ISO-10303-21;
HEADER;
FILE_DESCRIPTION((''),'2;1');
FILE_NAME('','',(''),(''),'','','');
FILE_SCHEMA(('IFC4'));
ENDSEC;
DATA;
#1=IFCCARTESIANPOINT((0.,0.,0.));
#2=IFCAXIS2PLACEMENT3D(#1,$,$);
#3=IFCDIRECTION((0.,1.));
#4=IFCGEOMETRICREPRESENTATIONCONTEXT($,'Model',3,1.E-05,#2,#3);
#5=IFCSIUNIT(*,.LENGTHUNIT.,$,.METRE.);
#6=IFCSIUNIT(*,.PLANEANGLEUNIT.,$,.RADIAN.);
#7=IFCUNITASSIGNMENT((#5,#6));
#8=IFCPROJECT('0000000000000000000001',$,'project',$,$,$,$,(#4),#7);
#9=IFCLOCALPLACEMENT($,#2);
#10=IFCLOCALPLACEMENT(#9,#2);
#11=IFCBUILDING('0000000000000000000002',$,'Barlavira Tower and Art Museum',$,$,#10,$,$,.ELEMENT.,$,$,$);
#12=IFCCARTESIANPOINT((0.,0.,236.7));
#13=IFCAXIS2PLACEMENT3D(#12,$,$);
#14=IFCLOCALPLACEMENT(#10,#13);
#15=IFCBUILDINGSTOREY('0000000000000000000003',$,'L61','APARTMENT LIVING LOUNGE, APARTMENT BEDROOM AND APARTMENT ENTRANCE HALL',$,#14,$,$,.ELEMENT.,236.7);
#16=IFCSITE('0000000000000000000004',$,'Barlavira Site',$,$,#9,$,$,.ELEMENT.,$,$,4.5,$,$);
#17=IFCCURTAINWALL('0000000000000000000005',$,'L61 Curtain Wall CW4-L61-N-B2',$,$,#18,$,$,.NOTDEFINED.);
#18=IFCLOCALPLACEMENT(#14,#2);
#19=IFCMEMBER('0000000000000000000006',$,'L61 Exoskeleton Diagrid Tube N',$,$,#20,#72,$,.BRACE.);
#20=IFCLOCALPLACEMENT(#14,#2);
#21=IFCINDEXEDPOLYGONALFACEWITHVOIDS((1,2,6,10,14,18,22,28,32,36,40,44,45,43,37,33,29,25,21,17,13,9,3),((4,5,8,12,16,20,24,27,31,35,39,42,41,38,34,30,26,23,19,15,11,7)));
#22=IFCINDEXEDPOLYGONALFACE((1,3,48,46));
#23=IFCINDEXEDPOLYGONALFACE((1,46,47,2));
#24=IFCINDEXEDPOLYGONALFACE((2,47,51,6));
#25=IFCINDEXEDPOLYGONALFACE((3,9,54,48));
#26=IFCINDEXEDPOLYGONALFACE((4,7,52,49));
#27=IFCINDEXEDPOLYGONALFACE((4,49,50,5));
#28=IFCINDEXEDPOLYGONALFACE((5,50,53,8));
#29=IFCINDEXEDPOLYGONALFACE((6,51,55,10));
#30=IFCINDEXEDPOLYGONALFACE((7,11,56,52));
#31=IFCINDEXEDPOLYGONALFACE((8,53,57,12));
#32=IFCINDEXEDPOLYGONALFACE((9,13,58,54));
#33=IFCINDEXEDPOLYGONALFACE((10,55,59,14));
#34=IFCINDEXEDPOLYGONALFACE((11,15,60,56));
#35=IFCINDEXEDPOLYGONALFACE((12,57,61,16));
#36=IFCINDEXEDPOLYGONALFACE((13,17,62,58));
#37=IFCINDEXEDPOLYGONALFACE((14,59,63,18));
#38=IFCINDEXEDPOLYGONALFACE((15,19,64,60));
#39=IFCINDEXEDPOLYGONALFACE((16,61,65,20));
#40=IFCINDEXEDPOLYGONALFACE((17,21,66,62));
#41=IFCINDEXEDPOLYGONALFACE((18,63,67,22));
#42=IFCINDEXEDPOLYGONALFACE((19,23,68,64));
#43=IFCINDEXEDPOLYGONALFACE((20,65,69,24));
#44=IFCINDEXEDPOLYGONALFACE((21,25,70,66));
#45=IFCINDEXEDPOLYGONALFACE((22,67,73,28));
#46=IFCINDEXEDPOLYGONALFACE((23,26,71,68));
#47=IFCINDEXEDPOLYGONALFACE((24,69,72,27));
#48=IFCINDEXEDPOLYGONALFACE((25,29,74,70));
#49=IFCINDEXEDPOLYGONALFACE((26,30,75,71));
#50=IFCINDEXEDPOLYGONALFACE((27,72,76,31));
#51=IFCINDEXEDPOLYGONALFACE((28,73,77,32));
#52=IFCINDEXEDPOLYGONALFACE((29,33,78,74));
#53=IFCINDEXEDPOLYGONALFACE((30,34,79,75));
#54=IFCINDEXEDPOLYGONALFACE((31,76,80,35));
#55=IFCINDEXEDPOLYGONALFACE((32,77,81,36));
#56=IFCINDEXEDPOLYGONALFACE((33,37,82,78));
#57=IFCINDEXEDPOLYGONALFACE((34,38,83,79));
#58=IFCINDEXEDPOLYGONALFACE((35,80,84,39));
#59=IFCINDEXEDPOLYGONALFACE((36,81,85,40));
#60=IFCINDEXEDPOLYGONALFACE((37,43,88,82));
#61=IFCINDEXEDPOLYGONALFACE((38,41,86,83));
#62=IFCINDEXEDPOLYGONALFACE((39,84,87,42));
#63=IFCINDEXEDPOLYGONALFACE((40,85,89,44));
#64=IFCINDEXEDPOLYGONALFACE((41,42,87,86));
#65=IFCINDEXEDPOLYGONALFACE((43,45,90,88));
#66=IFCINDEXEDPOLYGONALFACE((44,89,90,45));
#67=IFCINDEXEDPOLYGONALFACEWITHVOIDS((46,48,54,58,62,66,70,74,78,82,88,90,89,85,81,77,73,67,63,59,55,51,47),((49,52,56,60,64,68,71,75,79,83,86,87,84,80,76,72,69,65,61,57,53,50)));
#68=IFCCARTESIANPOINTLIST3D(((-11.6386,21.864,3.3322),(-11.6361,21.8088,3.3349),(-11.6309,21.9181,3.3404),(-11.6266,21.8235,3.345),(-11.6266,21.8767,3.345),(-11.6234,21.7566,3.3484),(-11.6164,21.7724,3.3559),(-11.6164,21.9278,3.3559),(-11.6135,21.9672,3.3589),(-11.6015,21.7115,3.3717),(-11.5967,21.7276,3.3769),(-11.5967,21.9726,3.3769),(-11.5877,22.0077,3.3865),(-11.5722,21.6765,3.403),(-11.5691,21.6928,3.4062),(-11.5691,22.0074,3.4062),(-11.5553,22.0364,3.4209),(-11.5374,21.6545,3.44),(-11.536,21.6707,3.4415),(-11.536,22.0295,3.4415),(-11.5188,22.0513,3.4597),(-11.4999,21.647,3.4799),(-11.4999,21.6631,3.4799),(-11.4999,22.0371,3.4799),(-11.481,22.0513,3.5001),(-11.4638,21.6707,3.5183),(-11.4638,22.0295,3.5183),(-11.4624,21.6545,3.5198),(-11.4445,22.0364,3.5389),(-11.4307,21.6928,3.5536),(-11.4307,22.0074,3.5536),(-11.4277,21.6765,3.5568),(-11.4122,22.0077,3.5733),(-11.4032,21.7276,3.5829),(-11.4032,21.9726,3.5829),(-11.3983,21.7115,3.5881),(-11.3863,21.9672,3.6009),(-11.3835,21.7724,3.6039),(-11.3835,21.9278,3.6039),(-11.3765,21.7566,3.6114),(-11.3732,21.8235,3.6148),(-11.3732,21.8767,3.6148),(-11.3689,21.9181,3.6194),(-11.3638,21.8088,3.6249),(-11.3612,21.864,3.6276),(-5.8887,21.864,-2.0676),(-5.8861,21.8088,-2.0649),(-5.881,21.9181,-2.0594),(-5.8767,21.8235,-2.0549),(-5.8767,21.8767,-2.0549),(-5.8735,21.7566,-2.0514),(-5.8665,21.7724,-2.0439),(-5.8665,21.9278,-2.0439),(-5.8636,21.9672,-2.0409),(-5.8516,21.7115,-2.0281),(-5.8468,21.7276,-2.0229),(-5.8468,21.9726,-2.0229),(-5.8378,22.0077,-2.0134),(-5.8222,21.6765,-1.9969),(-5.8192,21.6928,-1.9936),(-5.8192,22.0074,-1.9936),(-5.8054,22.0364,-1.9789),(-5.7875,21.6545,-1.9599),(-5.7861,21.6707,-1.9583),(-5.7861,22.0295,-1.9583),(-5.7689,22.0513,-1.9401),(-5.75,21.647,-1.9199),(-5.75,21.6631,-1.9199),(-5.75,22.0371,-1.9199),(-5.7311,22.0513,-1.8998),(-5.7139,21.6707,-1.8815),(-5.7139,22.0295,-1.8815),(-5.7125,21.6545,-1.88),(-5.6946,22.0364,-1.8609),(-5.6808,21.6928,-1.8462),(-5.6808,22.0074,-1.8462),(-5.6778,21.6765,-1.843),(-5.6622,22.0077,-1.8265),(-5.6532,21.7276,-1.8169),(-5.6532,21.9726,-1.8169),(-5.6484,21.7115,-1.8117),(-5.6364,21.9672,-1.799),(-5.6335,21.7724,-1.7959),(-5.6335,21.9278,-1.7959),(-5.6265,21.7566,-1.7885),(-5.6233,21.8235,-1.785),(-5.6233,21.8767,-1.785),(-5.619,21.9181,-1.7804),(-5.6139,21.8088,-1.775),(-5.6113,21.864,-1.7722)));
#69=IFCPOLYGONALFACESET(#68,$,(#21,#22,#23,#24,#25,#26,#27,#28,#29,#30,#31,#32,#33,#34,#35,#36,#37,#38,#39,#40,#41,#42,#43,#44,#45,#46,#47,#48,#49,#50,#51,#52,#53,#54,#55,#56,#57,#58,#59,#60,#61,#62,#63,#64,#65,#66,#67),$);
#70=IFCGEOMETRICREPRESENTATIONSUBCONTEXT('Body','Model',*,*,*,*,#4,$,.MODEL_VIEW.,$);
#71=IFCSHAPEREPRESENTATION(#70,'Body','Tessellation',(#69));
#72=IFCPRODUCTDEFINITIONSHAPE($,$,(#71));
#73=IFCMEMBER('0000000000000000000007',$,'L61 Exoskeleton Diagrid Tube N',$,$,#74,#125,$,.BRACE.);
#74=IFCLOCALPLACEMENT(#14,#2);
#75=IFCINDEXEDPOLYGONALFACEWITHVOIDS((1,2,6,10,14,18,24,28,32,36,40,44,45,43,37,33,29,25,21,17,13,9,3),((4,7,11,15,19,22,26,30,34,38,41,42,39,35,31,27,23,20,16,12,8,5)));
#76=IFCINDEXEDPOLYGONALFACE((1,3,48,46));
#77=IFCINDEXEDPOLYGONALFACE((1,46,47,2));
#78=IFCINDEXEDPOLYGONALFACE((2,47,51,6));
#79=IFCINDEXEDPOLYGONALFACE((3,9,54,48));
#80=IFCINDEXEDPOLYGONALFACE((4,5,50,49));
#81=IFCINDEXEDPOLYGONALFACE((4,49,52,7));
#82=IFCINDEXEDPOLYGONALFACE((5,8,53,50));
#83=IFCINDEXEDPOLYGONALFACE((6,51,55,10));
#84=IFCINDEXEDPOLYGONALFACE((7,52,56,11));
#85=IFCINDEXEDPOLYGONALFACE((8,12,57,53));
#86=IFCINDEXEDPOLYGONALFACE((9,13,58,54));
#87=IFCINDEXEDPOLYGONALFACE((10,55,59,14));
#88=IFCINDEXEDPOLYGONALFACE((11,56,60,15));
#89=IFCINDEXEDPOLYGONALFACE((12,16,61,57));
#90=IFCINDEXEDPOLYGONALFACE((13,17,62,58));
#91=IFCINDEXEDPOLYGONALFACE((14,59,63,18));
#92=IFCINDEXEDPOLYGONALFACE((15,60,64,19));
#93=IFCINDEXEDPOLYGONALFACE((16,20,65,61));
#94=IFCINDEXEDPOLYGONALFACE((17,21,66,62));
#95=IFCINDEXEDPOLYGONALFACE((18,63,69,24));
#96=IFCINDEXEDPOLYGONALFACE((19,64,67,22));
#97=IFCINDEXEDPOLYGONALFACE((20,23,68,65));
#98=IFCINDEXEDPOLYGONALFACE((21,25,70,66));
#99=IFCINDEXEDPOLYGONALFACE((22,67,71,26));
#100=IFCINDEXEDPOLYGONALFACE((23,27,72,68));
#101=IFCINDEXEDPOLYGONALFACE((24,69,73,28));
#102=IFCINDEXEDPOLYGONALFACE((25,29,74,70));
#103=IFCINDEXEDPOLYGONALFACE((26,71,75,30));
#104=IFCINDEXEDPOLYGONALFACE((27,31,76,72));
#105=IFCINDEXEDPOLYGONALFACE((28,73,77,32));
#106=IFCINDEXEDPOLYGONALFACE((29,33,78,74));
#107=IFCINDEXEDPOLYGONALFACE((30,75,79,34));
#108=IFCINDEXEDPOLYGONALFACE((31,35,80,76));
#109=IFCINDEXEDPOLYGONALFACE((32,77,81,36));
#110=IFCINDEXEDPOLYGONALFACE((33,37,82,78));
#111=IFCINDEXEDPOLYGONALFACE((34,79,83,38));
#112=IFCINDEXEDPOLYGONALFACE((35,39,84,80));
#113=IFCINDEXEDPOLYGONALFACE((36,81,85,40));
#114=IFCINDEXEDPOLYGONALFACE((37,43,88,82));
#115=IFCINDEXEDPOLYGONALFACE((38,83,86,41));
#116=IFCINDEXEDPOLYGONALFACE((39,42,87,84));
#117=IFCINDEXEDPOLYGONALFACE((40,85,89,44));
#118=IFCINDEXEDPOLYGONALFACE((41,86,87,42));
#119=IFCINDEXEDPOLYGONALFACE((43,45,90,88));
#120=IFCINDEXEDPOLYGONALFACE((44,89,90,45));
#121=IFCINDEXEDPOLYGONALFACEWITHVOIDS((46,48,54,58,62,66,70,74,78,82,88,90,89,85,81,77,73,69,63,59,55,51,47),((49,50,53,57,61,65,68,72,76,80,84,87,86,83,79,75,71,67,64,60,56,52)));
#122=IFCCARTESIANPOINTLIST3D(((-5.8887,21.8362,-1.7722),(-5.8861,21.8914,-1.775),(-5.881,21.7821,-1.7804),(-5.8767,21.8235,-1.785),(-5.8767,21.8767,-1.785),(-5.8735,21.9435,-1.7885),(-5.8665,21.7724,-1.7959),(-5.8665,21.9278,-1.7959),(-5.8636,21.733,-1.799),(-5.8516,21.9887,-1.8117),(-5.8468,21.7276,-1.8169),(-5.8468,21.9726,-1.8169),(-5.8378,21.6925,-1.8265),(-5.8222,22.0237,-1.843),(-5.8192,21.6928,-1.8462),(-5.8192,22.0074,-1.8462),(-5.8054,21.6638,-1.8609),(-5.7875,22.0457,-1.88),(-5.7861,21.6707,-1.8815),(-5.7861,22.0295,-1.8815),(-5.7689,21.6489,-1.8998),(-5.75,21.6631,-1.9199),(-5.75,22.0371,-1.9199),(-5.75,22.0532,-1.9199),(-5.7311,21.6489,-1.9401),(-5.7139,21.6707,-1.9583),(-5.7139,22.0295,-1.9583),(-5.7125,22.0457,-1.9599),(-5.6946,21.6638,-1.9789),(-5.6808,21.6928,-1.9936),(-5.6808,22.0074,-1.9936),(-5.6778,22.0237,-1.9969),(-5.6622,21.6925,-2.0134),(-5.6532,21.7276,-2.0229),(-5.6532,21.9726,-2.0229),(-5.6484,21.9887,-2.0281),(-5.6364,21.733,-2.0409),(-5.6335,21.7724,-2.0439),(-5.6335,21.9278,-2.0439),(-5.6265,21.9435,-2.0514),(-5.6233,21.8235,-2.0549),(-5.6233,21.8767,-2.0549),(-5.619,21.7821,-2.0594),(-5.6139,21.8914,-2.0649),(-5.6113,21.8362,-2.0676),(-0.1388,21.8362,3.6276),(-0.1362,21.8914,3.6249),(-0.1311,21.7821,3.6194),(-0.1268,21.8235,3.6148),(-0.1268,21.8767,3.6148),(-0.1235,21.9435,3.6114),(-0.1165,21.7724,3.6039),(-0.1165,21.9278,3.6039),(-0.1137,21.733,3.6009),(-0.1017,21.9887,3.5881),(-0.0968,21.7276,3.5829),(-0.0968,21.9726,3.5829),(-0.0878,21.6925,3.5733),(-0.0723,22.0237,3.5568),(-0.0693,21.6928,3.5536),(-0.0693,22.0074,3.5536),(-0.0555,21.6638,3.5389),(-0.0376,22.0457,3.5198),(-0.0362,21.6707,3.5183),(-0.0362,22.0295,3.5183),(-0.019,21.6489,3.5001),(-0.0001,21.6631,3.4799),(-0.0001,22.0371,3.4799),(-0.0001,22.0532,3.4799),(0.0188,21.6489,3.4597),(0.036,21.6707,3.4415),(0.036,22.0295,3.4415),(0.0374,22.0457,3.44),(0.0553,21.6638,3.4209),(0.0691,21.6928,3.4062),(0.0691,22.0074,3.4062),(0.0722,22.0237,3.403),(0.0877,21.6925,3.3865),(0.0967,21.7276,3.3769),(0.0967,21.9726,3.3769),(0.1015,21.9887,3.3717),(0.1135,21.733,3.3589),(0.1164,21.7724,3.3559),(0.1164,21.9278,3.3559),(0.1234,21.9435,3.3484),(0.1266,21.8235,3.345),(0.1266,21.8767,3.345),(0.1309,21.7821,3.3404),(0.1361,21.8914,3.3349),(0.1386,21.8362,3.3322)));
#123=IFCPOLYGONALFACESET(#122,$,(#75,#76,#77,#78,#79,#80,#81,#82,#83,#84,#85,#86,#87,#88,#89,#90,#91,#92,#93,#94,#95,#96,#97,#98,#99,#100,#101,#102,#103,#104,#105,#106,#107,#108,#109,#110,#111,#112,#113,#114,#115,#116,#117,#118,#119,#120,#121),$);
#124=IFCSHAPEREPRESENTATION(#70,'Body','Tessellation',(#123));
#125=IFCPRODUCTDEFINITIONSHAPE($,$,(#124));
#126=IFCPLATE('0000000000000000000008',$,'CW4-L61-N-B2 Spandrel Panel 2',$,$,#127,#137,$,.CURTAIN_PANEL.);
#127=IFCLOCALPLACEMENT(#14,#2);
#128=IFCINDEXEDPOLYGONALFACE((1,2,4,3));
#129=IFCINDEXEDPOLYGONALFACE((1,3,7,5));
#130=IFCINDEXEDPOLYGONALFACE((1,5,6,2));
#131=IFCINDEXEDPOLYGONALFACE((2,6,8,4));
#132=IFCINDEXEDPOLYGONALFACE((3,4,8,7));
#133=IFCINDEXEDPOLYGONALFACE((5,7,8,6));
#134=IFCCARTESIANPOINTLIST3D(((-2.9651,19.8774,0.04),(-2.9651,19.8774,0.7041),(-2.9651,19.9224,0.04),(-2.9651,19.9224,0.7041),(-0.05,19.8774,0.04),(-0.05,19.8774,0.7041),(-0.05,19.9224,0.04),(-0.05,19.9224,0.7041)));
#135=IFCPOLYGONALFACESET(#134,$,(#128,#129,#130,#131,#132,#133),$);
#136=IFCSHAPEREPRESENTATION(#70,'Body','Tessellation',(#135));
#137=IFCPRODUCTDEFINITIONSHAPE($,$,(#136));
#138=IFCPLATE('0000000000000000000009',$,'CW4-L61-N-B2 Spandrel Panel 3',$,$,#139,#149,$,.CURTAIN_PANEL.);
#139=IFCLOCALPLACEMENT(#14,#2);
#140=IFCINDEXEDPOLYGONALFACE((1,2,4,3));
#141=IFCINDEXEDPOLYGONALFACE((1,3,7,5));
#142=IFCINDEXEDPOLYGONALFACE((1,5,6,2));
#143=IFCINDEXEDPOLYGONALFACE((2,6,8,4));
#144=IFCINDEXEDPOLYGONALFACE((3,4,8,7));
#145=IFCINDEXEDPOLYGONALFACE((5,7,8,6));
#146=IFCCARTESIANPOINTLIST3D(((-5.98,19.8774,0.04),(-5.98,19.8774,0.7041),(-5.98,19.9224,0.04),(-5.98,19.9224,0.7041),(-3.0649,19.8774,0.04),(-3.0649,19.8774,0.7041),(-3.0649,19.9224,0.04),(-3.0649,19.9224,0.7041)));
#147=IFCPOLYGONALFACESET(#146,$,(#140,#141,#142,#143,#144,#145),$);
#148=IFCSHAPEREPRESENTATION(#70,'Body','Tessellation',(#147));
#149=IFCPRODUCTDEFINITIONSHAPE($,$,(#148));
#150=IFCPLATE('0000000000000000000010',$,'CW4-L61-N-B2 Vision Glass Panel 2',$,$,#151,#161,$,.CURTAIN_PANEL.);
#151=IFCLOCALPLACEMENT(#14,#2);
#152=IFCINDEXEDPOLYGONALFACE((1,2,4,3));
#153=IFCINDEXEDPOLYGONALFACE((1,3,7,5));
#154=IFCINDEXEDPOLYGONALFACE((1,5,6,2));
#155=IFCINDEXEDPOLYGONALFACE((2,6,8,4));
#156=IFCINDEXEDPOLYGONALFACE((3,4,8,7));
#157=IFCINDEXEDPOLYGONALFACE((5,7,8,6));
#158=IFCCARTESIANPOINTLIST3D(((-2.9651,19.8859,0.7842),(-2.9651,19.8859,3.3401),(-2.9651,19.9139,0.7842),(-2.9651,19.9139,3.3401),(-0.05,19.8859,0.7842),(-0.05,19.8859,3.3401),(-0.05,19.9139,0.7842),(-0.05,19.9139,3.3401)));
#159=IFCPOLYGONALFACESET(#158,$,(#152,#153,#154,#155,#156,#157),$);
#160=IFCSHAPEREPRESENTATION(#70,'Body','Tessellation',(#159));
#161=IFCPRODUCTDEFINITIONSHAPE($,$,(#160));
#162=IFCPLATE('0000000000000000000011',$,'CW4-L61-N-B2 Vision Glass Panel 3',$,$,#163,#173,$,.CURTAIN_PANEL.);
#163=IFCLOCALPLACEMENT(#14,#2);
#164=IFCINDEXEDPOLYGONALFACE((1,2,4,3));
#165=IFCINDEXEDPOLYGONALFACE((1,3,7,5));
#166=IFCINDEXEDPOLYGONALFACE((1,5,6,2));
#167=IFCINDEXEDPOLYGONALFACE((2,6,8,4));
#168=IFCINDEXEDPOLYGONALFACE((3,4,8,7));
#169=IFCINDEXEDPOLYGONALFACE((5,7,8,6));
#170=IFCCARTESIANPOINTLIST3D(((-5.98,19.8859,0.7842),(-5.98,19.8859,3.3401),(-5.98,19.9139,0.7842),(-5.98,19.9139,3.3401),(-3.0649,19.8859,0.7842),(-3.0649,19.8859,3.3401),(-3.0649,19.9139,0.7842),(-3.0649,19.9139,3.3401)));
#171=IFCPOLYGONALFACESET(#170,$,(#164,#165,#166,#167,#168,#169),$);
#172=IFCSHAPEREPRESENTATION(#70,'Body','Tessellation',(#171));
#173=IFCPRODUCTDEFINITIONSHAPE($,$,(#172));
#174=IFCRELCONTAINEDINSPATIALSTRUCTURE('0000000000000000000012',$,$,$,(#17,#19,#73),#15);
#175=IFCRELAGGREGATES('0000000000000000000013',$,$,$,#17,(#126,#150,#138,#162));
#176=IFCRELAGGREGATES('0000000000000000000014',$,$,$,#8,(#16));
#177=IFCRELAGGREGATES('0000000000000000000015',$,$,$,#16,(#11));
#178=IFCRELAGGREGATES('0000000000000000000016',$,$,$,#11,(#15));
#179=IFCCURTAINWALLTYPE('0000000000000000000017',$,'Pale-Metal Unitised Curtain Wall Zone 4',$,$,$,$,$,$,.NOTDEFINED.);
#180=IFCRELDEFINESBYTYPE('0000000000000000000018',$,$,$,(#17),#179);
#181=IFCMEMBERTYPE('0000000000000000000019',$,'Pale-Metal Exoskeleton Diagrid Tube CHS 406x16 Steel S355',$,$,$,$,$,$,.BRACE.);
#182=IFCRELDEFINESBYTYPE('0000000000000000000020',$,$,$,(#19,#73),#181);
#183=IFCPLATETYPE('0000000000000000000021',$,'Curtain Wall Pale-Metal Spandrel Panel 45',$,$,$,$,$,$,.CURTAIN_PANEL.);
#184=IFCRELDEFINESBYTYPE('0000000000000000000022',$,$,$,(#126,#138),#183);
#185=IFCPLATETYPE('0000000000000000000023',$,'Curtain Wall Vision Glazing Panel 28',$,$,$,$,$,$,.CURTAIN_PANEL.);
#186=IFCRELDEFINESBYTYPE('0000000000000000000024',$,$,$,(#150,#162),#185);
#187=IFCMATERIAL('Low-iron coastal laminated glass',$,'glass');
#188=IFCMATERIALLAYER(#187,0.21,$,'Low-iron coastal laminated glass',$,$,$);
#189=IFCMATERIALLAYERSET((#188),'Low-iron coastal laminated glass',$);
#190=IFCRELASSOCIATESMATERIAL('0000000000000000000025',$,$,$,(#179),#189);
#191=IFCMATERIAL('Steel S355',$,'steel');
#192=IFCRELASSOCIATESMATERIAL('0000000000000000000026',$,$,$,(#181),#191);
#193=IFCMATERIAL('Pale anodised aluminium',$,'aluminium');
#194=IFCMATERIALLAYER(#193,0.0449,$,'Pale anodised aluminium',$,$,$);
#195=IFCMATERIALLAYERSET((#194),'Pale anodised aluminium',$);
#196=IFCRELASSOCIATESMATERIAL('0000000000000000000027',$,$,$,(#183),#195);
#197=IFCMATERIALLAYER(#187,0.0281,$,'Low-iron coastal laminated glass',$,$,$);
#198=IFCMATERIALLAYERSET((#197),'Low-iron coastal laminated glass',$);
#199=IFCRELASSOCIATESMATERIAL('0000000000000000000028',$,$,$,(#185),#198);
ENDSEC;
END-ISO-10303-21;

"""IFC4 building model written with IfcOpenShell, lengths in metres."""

from ifc_helpers import new_model, si_unit, direction, frame, origin, origin_2d, place, context, subcontext, project, spatial, rectangle, hollow_circle, extrude, material, layer, layer_set, material_profile, profile_set, type_object, element, aggregate, save


model = new_model("IFC4")

# Units and contexts
model_context = context("Model", 3, precision=1e-05, world=origin(), true_north=direction((0.0, 1.0)))
body_context = subcontext(model_context, "Body", "Model", "MODEL_VIEW")
ifc_project = project(units=[si_unit("LENGTHUNIT", "METRE"), si_unit("PLANEANGLEUNIT", "RADIAN")], contexts=[model_context])

# Site, building, storey
site_placement = place(None, origin())
site = spatial("IfcSite", under=ifc_project, at=site_placement, Name="Barlavira Site", CompositionType="ELEMENT", RefElevation=4.5)
building_placement = place(site_placement, origin())
building = spatial("IfcBuilding", under=site, at=building_placement, Name="Barlavira Tower and Art Museum", CompositionType="ELEMENT")
storey_placement = place(building_placement, frame((0.0, 0.0, 236.7)))
storey = spatial("IfcBuildingStorey", under=building, at=storey_placement, Name="L61", Description="APARTMENT LIVING LOUNGE, APARTMENT BEDROOM AND APARTMENT ENTRANCE HALL", CompositionType="ELEMENT", Elevation=236.7)

# Curtain wall
ifc_material_1 = material(Name="Low-iron coastal laminated glass", Category="glass")
ifc_layer_1 = layer(ifc_material_1, 0.21, Name="Low-iron coastal laminated glass")
ifc_layer_set_1 = layer_set([ifc_layer_1], Name="Low-iron coastal laminated glass")
curtain_wall_type = type_object("IfcCurtainWallType", Name="Pale-Metal Unitised Curtain Wall Zone 4", PredefinedType="NOTDEFINED", material=ifc_layer_set_1)
curtain_wall_placement = place(storey_placement, origin())
curtain_wall = element("IfcCurtainWall", 1, at=curtain_wall_placement, inside=storey, type_object=curtain_wall_type, Name="L61 Curtain Wall CW4-L61-N-B2", PredefinedType="NOTDEFINED")
ifc_material_2 = material(Name="Pale anodised aluminium", Category="aluminium")

# Members
ifc_material_3 = material(Name="Steel S355", Category="steel")
ifc_material_profile_1 = material_profile(ifc_material_3, hollow_circle(Radius=0.2031, WallThickness=0.0161, at=origin_2d()), Name="CHS 406.4x16.0")
ifc_profile_set_1 = profile_set([ifc_material_profile_1], Name="Steel S355")
member_type_1 = type_object("IfcMemberType", Name="Pale-Metal Exoskeleton Diagrid Tube CHS 406x16 Steel S355", PredefinedType="BRACE", material=ifc_profile_set_1)
for number, where, z_axis, x_axis, name in (
    (2, (-5.75, 21.8501, -1.9199), (-0.72895, 0.0, 0.684567), (0.0, -1.0, 0.0), "L61 Exoskeleton Diagrid Tube N"),
    (3, (-5.75, 21.8501, -1.9199), (0.72895, 0.0, 0.684567), (0.0, 1.0, 0.0), "L61 Exoskeleton Diagrid Tube N"),
):
    element("IfcMember", number, at=place(storey_placement, frame(where, z_axis=z_axis, x_axis=x_axis)), inside=storey, type_object=member_type_1, Name=name, PredefinedType="BRACE", context=body_context, shape_type="SweptSolid", body=[
        extrude(hollow_circle(Radius=0.2031, WallThickness=0.0161, at=origin_2d()), origin(), (0.0, 0.0, 1.0), 7.8879),
    ])

# Plates
ifc_layer_2 = layer(ifc_material_2, 0.0449, Name="Pale anodised aluminium")
ifc_layer_set_2 = layer_set([ifc_layer_2], Name="Pale anodised aluminium")
plate_type_1 = type_object("IfcPlateType", Name="Curtain Wall Pale-Metal Spandrel Panel 45", PredefinedType="CURTAIN_PANEL", material=ifc_layer_set_2)
plate_1_placement = place(storey_placement, frame((-1.5076, 19.8999, 0.04), z_axis=(0.0, 0.0, 1.0), x_axis=(-1.0, 0.0, 0.0)))
plate_1 = element("IfcPlate", 4, at=plate_1_placement, type_object=plate_type_1, Name="CW4-L61-N-B2 Spandrel Panel 2", PredefinedType="CURTAIN_PANEL", context=body_context, shape_type="SweptSolid", body=[
    extrude(rectangle(XDim=2.915, YDim=0.0449, at=origin_2d()), origin(), (0.0, 0.0, 1.0), 0.6641),
])
plate_2_placement = place(storey_placement, frame((-4.5225, 19.8999, 0.04), z_axis=(0.0, 0.0, 1.0), x_axis=(-1.0, 0.0, 0.0)))
plate_2 = element("IfcPlate", 5, at=plate_2_placement, type_object=plate_type_1, Name="CW4-L61-N-B2 Spandrel Panel 3", PredefinedType="CURTAIN_PANEL", context=body_context, shape_type="SweptSolid", body=[
    extrude(rectangle(XDim=2.915, YDim=0.0449, at=origin_2d()), origin(), (0.0, 0.0, 1.0), 0.6641),
])
ifc_layer_3 = layer(ifc_material_1, 0.0281, Name="Low-iron coastal laminated glass")
ifc_layer_set_3 = layer_set([ifc_layer_3], Name="Low-iron coastal laminated glass")
plate_type_2 = type_object("IfcPlateType", Name="Curtain Wall Vision Glazing Panel 28", PredefinedType="CURTAIN_PANEL", material=ifc_layer_set_3)
plate_3_placement = place(storey_placement, frame((-1.5076, 19.8999, 0.7842), z_axis=(0.0, 0.0, 1.0), x_axis=(-1.0, 0.0, 0.0)))
plate_3 = element("IfcPlate", 6, at=plate_3_placement, type_object=plate_type_2, Name="CW4-L61-N-B2 Vision Glass Panel 2", PredefinedType="CURTAIN_PANEL", context=body_context, shape_type="SweptSolid", body=[
    extrude(rectangle(XDim=2.915, YDim=0.0281, at=origin_2d()), origin(), (0.0, 0.0, 1.0), 2.5559),
])
plate_4_placement = place(storey_placement, frame((-4.5225, 19.8999, 0.7842), z_axis=(0.0, 0.0, 1.0), x_axis=(-1.0, 0.0, 0.0)))
plate_4 = element("IfcPlate", 7, at=plate_4_placement, type_object=plate_type_2, Name="CW4-L61-N-B2 Vision Glass Panel 3", PredefinedType="CURTAIN_PANEL", context=body_context, shape_type="SweptSolid", body=[
    extrude(rectangle(XDim=2.915, YDim=0.0281, at=origin_2d()), origin(), (0.0, 0.0, 1.0), 2.5559),
])
aggregate(curtain_wall, [plate_1, plate_3, plate_2, plate_4])

save(model, "model.ifc")
